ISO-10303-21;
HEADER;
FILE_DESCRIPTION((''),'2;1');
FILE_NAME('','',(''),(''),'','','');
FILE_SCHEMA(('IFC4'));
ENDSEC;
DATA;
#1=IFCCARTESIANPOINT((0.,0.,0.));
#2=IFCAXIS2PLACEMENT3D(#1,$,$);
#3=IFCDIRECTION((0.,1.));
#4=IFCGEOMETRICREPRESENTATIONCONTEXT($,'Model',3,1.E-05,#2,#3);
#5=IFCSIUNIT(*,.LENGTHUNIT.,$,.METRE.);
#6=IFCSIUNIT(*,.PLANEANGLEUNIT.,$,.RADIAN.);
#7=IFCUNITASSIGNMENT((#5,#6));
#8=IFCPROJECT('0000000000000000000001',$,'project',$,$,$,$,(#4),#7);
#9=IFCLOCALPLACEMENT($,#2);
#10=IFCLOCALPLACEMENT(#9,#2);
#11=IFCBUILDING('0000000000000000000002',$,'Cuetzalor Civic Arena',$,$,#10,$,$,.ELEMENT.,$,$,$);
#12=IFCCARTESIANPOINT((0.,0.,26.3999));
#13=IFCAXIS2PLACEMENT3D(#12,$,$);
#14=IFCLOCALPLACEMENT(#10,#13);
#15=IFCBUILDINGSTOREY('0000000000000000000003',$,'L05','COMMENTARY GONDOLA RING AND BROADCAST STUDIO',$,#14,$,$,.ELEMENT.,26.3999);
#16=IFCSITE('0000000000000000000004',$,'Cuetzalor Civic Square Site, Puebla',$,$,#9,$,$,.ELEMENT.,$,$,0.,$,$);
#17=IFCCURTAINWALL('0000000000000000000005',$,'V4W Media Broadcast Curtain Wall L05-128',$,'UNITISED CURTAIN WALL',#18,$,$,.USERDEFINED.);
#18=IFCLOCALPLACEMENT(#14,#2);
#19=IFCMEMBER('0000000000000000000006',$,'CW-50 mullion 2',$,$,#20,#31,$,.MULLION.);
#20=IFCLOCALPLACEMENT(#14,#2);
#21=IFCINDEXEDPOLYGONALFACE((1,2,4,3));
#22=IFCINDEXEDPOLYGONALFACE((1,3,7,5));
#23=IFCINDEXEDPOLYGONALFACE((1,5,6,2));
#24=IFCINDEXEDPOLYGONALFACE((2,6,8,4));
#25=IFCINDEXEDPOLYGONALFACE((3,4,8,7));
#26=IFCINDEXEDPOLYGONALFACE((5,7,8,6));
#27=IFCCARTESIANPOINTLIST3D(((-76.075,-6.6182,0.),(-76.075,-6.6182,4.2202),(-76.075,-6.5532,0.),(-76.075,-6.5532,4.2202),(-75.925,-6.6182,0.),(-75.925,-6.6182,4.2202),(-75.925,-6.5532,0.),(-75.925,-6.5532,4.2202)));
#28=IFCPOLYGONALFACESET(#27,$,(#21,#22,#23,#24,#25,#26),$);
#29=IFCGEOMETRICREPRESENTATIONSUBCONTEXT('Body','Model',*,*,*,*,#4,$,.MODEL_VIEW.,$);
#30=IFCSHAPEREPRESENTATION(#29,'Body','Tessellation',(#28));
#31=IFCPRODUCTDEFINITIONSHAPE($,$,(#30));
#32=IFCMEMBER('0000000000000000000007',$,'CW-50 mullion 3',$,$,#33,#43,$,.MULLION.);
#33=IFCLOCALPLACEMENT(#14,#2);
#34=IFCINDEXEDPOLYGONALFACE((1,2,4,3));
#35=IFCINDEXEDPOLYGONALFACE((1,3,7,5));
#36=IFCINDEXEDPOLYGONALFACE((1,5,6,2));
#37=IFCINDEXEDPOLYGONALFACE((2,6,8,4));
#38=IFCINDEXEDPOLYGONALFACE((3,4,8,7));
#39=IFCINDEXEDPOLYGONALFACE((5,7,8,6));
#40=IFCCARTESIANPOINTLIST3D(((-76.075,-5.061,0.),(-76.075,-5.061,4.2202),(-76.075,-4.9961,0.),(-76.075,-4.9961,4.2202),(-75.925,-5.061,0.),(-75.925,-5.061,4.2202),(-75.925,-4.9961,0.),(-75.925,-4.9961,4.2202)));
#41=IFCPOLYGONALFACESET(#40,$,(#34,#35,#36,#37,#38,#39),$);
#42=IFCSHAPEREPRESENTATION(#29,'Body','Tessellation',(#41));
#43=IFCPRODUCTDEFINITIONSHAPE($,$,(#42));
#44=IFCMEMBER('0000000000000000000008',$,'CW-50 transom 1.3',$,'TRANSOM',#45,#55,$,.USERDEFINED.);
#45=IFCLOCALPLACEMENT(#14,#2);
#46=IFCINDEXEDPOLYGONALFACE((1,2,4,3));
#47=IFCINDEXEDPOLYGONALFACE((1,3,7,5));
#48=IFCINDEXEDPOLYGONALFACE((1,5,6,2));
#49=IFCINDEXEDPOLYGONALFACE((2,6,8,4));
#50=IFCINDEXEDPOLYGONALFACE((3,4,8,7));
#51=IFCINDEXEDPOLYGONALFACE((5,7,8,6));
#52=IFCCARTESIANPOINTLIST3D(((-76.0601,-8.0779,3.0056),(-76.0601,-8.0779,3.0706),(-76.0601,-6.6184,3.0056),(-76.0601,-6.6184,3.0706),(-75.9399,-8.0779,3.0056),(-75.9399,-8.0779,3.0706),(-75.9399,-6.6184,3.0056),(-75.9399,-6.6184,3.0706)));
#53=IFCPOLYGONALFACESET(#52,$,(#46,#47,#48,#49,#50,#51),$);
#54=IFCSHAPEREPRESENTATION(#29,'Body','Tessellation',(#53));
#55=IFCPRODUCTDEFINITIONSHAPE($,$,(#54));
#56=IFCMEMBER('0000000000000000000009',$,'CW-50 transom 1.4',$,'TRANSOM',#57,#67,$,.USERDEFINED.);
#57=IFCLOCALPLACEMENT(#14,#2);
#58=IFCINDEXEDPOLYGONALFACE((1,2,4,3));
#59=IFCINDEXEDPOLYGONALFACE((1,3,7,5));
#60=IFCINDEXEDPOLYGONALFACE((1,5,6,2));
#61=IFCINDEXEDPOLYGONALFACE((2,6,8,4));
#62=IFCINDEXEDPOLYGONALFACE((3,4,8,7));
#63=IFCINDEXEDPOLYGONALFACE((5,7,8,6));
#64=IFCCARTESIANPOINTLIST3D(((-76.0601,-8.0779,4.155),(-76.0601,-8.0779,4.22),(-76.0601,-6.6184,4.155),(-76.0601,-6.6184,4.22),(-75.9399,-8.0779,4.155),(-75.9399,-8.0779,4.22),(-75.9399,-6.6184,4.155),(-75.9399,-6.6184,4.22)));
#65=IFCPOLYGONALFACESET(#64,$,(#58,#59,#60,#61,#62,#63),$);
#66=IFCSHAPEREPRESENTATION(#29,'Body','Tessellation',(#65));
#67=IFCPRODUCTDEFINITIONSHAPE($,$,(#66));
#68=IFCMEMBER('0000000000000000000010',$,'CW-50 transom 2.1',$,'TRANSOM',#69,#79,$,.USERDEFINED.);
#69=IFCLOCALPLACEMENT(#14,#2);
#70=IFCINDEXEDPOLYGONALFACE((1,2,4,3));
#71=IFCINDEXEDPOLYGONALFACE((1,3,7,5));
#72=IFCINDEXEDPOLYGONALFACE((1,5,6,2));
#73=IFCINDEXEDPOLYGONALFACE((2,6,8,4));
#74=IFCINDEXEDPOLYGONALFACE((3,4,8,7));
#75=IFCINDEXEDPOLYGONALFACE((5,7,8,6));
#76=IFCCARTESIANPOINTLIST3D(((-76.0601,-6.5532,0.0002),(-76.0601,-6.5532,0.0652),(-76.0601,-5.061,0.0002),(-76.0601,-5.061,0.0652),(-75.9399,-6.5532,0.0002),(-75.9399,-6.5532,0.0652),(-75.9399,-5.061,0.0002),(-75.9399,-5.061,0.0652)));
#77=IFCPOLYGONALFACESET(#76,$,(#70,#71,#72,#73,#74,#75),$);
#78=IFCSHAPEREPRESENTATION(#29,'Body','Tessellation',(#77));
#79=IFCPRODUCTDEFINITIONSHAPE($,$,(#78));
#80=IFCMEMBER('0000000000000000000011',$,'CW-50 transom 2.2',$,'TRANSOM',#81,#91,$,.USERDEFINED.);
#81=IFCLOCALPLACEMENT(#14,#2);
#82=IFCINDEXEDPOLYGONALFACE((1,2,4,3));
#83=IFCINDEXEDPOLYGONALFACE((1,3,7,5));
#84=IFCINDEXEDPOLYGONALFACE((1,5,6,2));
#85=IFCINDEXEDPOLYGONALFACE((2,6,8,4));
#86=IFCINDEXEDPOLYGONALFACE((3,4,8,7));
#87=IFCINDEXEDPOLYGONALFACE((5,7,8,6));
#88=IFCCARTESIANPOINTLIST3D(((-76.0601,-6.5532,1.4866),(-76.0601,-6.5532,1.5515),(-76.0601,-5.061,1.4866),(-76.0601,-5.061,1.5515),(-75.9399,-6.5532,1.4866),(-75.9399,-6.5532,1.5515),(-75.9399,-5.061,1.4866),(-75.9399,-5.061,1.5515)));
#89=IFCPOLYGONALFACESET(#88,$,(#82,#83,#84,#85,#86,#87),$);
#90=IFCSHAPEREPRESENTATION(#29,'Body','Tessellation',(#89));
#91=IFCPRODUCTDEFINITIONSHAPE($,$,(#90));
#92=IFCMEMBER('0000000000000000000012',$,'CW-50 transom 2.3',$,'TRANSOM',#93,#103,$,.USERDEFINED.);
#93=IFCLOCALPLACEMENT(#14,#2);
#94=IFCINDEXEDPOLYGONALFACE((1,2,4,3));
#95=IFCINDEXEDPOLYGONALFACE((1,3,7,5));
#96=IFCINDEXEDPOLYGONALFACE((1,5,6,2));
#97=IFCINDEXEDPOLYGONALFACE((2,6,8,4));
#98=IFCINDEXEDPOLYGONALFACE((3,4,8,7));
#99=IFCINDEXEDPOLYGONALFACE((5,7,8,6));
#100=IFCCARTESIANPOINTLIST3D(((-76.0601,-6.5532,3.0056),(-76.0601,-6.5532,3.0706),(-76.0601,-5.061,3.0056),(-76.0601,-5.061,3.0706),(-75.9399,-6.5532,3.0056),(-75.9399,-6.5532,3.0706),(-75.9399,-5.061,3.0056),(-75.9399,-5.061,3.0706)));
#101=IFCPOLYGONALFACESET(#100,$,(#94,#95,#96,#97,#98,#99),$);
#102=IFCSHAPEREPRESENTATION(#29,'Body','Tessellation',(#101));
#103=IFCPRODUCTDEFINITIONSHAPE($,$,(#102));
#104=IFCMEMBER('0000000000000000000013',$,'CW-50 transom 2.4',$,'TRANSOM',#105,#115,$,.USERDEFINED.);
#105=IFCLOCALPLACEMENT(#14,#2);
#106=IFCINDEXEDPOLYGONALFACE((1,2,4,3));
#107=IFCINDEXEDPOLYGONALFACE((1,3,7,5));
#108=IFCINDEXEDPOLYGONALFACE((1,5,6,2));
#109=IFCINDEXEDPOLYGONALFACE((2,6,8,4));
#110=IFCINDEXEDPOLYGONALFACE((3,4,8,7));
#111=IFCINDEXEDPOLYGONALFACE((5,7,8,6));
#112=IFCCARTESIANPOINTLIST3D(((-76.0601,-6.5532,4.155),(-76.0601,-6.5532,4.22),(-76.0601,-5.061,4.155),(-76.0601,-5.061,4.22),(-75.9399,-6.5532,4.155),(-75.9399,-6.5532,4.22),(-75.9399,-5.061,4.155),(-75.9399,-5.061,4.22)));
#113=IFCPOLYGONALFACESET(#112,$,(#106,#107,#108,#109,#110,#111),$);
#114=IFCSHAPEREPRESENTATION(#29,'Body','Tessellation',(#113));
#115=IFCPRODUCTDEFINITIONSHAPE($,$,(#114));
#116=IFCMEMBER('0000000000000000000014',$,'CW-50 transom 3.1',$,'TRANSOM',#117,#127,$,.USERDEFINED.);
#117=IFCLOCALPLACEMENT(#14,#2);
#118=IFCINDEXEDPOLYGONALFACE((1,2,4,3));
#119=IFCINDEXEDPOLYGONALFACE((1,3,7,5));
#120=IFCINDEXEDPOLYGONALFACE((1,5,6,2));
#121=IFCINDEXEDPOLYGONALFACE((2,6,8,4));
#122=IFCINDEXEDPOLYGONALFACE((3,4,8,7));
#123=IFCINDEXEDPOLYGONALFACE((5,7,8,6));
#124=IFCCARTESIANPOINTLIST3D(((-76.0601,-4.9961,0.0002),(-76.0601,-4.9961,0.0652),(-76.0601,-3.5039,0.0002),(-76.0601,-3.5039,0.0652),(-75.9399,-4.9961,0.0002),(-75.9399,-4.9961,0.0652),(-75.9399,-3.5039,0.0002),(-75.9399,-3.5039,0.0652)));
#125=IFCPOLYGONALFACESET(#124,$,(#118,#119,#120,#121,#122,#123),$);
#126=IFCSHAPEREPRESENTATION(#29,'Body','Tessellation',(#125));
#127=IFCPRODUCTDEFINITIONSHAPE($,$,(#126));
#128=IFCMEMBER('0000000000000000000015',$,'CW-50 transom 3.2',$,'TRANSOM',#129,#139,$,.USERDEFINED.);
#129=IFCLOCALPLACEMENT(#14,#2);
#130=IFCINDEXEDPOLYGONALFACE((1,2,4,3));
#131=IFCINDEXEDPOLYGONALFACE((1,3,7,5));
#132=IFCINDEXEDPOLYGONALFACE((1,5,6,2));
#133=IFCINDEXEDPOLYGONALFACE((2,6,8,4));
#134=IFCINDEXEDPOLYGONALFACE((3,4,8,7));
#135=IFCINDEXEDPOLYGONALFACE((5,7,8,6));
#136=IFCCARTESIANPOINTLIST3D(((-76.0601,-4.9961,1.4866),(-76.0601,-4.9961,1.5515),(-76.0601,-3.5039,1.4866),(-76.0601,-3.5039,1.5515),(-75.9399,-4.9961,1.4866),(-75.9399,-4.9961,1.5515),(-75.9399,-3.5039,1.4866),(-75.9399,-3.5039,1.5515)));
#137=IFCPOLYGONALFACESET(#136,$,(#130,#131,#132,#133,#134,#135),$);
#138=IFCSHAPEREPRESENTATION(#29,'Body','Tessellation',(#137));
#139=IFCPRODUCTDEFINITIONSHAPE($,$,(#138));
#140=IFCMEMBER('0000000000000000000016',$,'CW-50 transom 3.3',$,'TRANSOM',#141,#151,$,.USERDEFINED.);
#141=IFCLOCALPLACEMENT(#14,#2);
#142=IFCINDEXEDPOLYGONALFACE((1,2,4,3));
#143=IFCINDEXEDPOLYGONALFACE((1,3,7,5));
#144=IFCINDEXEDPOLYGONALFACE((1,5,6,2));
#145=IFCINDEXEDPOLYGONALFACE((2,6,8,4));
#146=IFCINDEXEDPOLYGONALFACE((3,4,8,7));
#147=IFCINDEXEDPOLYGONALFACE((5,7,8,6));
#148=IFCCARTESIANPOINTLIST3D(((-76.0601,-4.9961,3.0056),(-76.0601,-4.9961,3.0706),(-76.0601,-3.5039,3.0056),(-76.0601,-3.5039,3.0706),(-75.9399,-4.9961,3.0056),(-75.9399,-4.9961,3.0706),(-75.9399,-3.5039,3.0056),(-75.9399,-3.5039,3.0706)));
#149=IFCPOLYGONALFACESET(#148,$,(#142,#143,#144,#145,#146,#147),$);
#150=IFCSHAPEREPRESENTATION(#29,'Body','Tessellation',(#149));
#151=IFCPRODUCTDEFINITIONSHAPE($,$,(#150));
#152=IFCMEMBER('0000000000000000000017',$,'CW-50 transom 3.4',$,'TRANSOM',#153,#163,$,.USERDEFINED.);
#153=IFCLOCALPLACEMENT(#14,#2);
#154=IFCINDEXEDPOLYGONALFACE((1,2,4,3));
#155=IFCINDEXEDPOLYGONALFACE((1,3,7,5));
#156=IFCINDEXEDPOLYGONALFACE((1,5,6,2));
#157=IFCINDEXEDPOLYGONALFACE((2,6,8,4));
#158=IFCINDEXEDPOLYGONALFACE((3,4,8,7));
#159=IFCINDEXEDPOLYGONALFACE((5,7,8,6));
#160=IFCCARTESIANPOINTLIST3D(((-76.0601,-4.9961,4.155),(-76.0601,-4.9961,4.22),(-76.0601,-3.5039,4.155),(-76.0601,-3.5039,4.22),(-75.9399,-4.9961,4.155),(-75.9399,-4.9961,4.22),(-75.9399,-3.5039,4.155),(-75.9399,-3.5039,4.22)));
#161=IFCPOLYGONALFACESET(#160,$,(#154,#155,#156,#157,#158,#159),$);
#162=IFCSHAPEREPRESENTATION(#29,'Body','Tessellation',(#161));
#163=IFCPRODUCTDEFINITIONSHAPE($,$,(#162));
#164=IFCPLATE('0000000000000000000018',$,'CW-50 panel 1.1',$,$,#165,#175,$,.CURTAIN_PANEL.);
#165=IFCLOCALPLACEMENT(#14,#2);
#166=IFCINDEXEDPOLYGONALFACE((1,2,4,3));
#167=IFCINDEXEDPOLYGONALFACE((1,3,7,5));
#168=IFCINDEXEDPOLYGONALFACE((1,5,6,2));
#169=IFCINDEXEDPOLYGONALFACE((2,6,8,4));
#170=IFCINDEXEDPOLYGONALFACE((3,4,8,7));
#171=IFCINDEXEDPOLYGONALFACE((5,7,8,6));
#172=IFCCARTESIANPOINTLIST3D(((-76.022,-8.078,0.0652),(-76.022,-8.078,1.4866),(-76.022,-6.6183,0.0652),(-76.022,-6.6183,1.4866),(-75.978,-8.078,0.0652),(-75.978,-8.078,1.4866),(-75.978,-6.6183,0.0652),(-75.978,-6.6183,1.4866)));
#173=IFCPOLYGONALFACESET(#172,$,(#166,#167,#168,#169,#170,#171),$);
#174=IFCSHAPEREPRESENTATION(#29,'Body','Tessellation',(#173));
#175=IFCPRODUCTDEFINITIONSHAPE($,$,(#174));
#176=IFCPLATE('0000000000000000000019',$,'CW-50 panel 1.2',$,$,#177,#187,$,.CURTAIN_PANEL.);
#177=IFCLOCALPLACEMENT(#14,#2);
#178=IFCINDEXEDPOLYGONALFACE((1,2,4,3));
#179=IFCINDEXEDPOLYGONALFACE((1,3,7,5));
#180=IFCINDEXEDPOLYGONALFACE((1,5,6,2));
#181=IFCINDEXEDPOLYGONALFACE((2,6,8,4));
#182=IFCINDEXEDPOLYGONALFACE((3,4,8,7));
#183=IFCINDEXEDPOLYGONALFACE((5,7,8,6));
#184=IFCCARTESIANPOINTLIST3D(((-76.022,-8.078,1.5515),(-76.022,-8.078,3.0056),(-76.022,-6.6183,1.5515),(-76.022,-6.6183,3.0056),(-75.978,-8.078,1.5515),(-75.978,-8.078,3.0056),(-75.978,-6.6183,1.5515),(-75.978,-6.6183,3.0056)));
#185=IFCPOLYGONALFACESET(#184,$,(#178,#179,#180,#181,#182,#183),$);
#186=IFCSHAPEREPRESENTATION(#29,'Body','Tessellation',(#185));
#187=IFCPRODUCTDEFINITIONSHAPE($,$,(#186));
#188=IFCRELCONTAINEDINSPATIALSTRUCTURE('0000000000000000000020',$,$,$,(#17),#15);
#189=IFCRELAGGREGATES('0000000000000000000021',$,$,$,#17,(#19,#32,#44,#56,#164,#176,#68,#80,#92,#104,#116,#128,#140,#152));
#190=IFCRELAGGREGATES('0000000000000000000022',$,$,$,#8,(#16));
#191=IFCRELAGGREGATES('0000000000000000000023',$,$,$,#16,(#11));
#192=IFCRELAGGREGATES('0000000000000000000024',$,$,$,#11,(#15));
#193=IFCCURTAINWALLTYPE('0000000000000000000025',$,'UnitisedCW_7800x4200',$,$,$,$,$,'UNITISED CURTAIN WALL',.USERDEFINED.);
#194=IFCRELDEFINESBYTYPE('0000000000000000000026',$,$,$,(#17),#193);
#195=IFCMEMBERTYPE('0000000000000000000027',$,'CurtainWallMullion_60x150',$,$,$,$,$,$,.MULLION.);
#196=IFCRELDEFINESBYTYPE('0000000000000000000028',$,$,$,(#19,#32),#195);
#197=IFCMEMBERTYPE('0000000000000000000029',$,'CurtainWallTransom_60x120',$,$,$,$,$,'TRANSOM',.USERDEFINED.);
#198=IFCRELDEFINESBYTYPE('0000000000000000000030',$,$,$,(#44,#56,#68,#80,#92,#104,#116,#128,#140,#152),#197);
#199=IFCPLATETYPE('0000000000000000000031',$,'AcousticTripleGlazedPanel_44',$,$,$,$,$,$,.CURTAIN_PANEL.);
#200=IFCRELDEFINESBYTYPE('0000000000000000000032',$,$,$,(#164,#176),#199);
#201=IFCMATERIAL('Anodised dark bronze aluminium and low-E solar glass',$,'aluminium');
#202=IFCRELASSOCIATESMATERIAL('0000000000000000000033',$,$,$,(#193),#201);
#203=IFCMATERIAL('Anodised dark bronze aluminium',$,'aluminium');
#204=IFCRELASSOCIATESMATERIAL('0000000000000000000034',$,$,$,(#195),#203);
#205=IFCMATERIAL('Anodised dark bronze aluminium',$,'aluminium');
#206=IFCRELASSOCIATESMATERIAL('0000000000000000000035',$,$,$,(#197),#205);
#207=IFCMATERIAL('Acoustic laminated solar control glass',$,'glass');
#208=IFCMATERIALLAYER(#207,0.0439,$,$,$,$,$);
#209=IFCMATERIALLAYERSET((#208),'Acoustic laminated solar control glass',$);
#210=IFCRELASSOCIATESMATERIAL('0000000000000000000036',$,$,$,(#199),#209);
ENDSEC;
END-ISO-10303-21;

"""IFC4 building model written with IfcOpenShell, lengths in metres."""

from ifc_helpers import new_model, si_unit, direction, frame, origin, origin_2d, place, context, subcontext, project, spatial, rectangle, extrude, material, layer, layer_set, material_profile, profile_set, type_object, element, aggregate, save


model = new_model("IFC4")

# Units and contexts
model_context = context("Model", 3, precision=1e-05, world=origin(), true_north=direction((0.0, 1.0)))
body_context = subcontext(model_context, "Body", "Model", "MODEL_VIEW")
ifc_project = project(units=[si_unit("LENGTHUNIT", "METRE"), si_unit("PLANEANGLEUNIT", "RADIAN")], contexts=[model_context])

# Site, building, storey
site_placement = place(None, origin())
site = spatial("IfcSite", under=ifc_project, at=site_placement, Name="Cuetzalor Civic Square Site, Puebla", CompositionType="ELEMENT", RefElevation=0.0)
building_placement = place(site_placement, origin())
building = spatial("IfcBuilding", under=site, at=building_placement, Name="Cuetzalor Civic Arena", CompositionType="ELEMENT")
storey_placement = place(building_placement, frame((0.0, 0.0, 26.3999)))
storey = spatial("IfcBuildingStorey", under=building, at=storey_placement, Name="L05", Description="COMMENTARY GONDOLA RING AND BROADCAST STUDIO", CompositionType="ELEMENT", Elevation=26.3999)

# Curtain wall, members, plates
ifc_material_1 = material(Name="Anodised dark bronze aluminium and low-E solar glass", Category="aluminium")
curtain_wall_type = type_object("IfcCurtainWallType", Name="UnitisedCW_7800x4200", ElementType="UNITISED CURTAIN WALL", PredefinedType="USERDEFINED", material=ifc_material_1)
curtain_wall_placement = place(storey_placement, origin())
curtain_wall = element("IfcCurtainWall", 1, at=curtain_wall_placement, inside=storey, type_object=curtain_wall_type, Name="V4W Media Broadcast Curtain Wall L05-128", ObjectType="UNITISED CURTAIN WALL", PredefinedType="USERDEFINED")
ifc_material_2 = material(Name="Anodised dark bronze aluminium", Category="aluminium")
ifc_material_profile_1 = material_profile(ifc_material_2, rectangle(XDim=0.0649, YDim=0.1499, at=origin_2d()), Name="ALU MULLION 65x150")
ifc_profile_set_1 = profile_set([ifc_material_profile_1], Name="Anodised dark bronze aluminium")
member_type_1 = type_object("IfcMemberType", Name="CurtainWallMullion_60x150", PredefinedType="MULLION", material=ifc_profile_set_1)
member_1_placement = place(storey_placement, frame((-76.0, -6.5857, 0.0), z_axis=(0.0, 0.0, 1.0), x_axis=(0.0, 1.0, 0.0)))
member_1 = element("IfcMember", 2, at=member_1_placement, type_object=member_type_1, Name="CW-50 mullion 2", PredefinedType="MULLION", context=body_context, shape_type="SweptSolid", body=[
    extrude(rectangle(XDim=0.0649, YDim=0.1499, at=origin_2d()), origin(), (0.0, 0.0, 1.0), 4.2202),
])
member_2_placement = place(storey_placement, frame((-76.0, -5.0286, 0.0), z_axis=(0.0, 0.0, 1.0), x_axis=(0.0, 1.0, 0.0)))
member_2 = element("IfcMember", 3, at=member_2_placement, type_object=member_type_1, Name="CW-50 mullion 3", PredefinedType="MULLION", context=body_context, shape_type="SweptSolid", body=[
    extrude(rectangle(XDim=0.0649, YDim=0.1499, at=origin_2d()), origin(), (0.0, 0.0, 1.0), 4.2202),
])
ifc_material_3 = material(Name="Anodised dark bronze aluminium", Category="aluminium")
ifc_material_profile_2 = material_profile(ifc_material_3, rectangle(XDim=0.1201, YDim=0.0649, at=origin_2d()), Name="ALU TRANSOM 65x120")
ifc_profile_set_2 = profile_set([ifc_material_profile_2], Name="Anodised dark bronze aluminium")
member_type_2 = type_object("IfcMemberType", Name="CurtainWallTransom_60x120", ElementType="TRANSOM", PredefinedType="USERDEFINED", material=ifc_profile_set_2)
member_3_placement = place(storey_placement, frame((-76.0, -8.0779, 3.0381), z_axis=(0.0, 1.0, 0.0), x_axis=(-1.0, 0.0, 0.0)))
member_3 = element("IfcMember", 4, at=member_3_placement, type_object=member_type_2, Name="CW-50 transom 1.3", ObjectType="TRANSOM", PredefinedType="USERDEFINED", context=body_context, shape_type="SweptSolid", body=[
    extrude(rectangle(XDim=0.1201, YDim=0.0649, at=origin_2d()), origin(), (0.0, 0.0, 1.0), 1.4595),
])
member_4_placement = place(storey_placement, frame((-76.0, -8.0779, 4.1875), z_axis=(0.0, 1.0, 0.0), x_axis=(-1.0, 0.0, 0.0)))
member_4 = element("IfcMember", 5, at=member_4_placement, type_object=member_type_2, Name="CW-50 transom 1.4", ObjectType="TRANSOM", PredefinedType="USERDEFINED", context=body_context, shape_type="SweptSolid", body=[
    extrude(rectangle(XDim=0.1201, YDim=0.0649, at=origin_2d()), origin(), (0.0, 0.0, 1.0), 1.4595),
])
member_5_placement = place(storey_placement, frame((-76.0, -6.5532, 0.0327), z_axis=(0.0, 1.0, 0.0), x_axis=(-1.0, 0.0, 0.0)))
member_5 = element("IfcMember", 6, at=member_5_placement, type_object=member_type_2, Name="CW-50 transom 2.1", ObjectType="TRANSOM", PredefinedType="USERDEFINED", context=body_context, shape_type="SweptSolid", body=[
    extrude(rectangle(XDim=0.1201, YDim=0.0649, at=origin_2d()), origin(), (0.0, 0.0, 1.0), 1.4922),
])
member_6_placement = place(storey_placement, frame((-76.0, -6.5532, 1.519), z_axis=(0.0, 1.0, 0.0), x_axis=(-1.0, 0.0, 0.0)))
member_6 = element("IfcMember", 7, at=member_6_placement, type_object=member_type_2, Name="CW-50 transom 2.2", ObjectType="TRANSOM", PredefinedType="USERDEFINED", context=body_context, shape_type="SweptSolid", body=[
    extrude(rectangle(XDim=0.1201, YDim=0.0649, at=origin_2d()), origin(), (0.0, 0.0, 1.0), 1.4922),
])
member_7_placement = place(storey_placement, frame((-76.0, -6.5532, 3.0381), z_axis=(0.0, 1.0, 0.0), x_axis=(-1.0, 0.0, 0.0)))
member_7 = element("IfcMember", 8, at=member_7_placement, type_object=member_type_2, Name="CW-50 transom 2.3", ObjectType="TRANSOM", PredefinedType="USERDEFINED", context=body_context, shape_type="SweptSolid", body=[
    extrude(rectangle(XDim=0.1201, YDim=0.0649, at=origin_2d()), origin(), (0.0, 0.0, 1.0), 1.4922),
])
member_8_placement = place(storey_placement, frame((-76.0, -6.5532, 4.1875), z_axis=(0.0, 1.0, 0.0), x_axis=(-1.0, 0.0, 0.0)))
member_8 = element("IfcMember", 9, at=member_8_placement, type_object=member_type_2, Name="CW-50 transom 2.4", ObjectType="TRANSOM", PredefinedType="USERDEFINED", context=body_context, shape_type="SweptSolid", body=[
    extrude(rectangle(XDim=0.1201, YDim=0.0649, at=origin_2d()), origin(), (0.0, 0.0, 1.0), 1.4922),
])
member_9_placement = place(storey_placement, frame((-76.0, -4.9961, 0.0327), z_axis=(0.0, 1.0, 0.0), x_axis=(-1.0, 0.0, 0.0)))
member_9 = element("IfcMember", 10, at=member_9_placement, type_object=member_type_2, Name="CW-50 transom 3.1", ObjectType="TRANSOM", PredefinedType="USERDEFINED", context=body_context, shape_type="SweptSolid", body=[
    extrude(rectangle(XDim=0.1201, YDim=0.0649, at=origin_2d()), origin(), (0.0, 0.0, 1.0), 1.4922),
])
member_10_placement = place(storey_placement, frame((-76.0, -4.9961, 1.519), z_axis=(0.0, 1.0, 0.0), x_axis=(-1.0, 0.0, 0.0)))
member_10 = element("IfcMember", 11, at=member_10_placement, type_object=member_type_2, Name="CW-50 transom 3.2", ObjectType="TRANSOM", PredefinedType="USERDEFINED", context=body_context, shape_type="SweptSolid", body=[
    extrude(rectangle(XDim=0.1201, YDim=0.0649, at=origin_2d()), origin(), (0.0, 0.0, 1.0), 1.4922),
])
member_11_placement = place(storey_placement, frame((-76.0, -4.9961, 3.0381), z_axis=(0.0, 1.0, 0.0), x_axis=(-1.0, 0.0, 0.0)))
member_11 = element("IfcMember", 12, at=member_11_placement, type_object=member_type_2, Name="CW-50 transom 3.3", ObjectType="TRANSOM", PredefinedType="USERDEFINED", context=body_context, shape_type="SweptSolid", body=[
    extrude(rectangle(XDim=0.1201, YDim=0.0649, at=origin_2d()), origin(), (0.0, 0.0, 1.0), 1.4922),
])
member_12_placement = place(storey_placement, frame((-76.0, -4.9961, 4.1875), z_axis=(0.0, 1.0, 0.0), x_axis=(-1.0, 0.0, 0.0)))
member_12 = element("IfcMember", 13, at=member_12_placement, type_object=member_type_2, Name="CW-50 transom 3.4", ObjectType="TRANSOM", PredefinedType="USERDEFINED", context=body_context, shape_type="SweptSolid", body=[
    extrude(rectangle(XDim=0.1201, YDim=0.0649, at=origin_2d()), origin(), (0.0, 0.0, 1.0), 1.4922),
])
ifc_material_4 = material(Name="Acoustic laminated solar control glass", Category="glass")
ifc_layer = layer(ifc_material_4, 0.0439)
ifc_layer_set = layer_set([ifc_layer], Name="Acoustic laminated solar control glass")
plate_type = type_object("IfcPlateType", Name="AcousticTripleGlazedPanel_44", PredefinedType="CURTAIN_PANEL", material=ifc_layer_set)
plate_1_placement = place(storey_placement, frame((-76.0, -7.3481, 0.0652), z_axis=(0.0, 0.0, 1.0), x_axis=(0.0, 1.0, 0.0)))
plate_1 = element("IfcPlate", 14, at=plate_1_placement, type_object=plate_type, Name="CW-50 panel 1.1", PredefinedType="CURTAIN_PANEL", context=body_context, shape_type="SweptSolid", body=[
    extrude(rectangle(XDim=1.4597, YDim=0.0439, at=origin_2d()), origin(), (0.0, 0.0, 1.0), 1.4214),
])
plate_2_placement = place(storey_placement, frame((-76.0, -7.3481, 1.5515), z_axis=(0.0, 0.0, 1.0), x_axis=(0.0, 1.0, 0.0)))
plate_2 = element("IfcPlate", 15, at=plate_2_placement, type_object=plate_type, Name="CW-50 panel 1.2", PredefinedType="CURTAIN_PANEL", context=body_context, shape_type="SweptSolid", body=[
    extrude(rectangle(XDim=1.4597, YDim=0.0439, at=origin_2d()), origin(), (0.0, 0.0, 1.0), 1.4541),
])
aggregate(curtain_wall, [member_1, member_2, member_3, member_4, plate_1, plate_2, member_5, member_6, member_7, member_8, member_9, member_10, member_11, member_12])

save(model, "model.ifc")
